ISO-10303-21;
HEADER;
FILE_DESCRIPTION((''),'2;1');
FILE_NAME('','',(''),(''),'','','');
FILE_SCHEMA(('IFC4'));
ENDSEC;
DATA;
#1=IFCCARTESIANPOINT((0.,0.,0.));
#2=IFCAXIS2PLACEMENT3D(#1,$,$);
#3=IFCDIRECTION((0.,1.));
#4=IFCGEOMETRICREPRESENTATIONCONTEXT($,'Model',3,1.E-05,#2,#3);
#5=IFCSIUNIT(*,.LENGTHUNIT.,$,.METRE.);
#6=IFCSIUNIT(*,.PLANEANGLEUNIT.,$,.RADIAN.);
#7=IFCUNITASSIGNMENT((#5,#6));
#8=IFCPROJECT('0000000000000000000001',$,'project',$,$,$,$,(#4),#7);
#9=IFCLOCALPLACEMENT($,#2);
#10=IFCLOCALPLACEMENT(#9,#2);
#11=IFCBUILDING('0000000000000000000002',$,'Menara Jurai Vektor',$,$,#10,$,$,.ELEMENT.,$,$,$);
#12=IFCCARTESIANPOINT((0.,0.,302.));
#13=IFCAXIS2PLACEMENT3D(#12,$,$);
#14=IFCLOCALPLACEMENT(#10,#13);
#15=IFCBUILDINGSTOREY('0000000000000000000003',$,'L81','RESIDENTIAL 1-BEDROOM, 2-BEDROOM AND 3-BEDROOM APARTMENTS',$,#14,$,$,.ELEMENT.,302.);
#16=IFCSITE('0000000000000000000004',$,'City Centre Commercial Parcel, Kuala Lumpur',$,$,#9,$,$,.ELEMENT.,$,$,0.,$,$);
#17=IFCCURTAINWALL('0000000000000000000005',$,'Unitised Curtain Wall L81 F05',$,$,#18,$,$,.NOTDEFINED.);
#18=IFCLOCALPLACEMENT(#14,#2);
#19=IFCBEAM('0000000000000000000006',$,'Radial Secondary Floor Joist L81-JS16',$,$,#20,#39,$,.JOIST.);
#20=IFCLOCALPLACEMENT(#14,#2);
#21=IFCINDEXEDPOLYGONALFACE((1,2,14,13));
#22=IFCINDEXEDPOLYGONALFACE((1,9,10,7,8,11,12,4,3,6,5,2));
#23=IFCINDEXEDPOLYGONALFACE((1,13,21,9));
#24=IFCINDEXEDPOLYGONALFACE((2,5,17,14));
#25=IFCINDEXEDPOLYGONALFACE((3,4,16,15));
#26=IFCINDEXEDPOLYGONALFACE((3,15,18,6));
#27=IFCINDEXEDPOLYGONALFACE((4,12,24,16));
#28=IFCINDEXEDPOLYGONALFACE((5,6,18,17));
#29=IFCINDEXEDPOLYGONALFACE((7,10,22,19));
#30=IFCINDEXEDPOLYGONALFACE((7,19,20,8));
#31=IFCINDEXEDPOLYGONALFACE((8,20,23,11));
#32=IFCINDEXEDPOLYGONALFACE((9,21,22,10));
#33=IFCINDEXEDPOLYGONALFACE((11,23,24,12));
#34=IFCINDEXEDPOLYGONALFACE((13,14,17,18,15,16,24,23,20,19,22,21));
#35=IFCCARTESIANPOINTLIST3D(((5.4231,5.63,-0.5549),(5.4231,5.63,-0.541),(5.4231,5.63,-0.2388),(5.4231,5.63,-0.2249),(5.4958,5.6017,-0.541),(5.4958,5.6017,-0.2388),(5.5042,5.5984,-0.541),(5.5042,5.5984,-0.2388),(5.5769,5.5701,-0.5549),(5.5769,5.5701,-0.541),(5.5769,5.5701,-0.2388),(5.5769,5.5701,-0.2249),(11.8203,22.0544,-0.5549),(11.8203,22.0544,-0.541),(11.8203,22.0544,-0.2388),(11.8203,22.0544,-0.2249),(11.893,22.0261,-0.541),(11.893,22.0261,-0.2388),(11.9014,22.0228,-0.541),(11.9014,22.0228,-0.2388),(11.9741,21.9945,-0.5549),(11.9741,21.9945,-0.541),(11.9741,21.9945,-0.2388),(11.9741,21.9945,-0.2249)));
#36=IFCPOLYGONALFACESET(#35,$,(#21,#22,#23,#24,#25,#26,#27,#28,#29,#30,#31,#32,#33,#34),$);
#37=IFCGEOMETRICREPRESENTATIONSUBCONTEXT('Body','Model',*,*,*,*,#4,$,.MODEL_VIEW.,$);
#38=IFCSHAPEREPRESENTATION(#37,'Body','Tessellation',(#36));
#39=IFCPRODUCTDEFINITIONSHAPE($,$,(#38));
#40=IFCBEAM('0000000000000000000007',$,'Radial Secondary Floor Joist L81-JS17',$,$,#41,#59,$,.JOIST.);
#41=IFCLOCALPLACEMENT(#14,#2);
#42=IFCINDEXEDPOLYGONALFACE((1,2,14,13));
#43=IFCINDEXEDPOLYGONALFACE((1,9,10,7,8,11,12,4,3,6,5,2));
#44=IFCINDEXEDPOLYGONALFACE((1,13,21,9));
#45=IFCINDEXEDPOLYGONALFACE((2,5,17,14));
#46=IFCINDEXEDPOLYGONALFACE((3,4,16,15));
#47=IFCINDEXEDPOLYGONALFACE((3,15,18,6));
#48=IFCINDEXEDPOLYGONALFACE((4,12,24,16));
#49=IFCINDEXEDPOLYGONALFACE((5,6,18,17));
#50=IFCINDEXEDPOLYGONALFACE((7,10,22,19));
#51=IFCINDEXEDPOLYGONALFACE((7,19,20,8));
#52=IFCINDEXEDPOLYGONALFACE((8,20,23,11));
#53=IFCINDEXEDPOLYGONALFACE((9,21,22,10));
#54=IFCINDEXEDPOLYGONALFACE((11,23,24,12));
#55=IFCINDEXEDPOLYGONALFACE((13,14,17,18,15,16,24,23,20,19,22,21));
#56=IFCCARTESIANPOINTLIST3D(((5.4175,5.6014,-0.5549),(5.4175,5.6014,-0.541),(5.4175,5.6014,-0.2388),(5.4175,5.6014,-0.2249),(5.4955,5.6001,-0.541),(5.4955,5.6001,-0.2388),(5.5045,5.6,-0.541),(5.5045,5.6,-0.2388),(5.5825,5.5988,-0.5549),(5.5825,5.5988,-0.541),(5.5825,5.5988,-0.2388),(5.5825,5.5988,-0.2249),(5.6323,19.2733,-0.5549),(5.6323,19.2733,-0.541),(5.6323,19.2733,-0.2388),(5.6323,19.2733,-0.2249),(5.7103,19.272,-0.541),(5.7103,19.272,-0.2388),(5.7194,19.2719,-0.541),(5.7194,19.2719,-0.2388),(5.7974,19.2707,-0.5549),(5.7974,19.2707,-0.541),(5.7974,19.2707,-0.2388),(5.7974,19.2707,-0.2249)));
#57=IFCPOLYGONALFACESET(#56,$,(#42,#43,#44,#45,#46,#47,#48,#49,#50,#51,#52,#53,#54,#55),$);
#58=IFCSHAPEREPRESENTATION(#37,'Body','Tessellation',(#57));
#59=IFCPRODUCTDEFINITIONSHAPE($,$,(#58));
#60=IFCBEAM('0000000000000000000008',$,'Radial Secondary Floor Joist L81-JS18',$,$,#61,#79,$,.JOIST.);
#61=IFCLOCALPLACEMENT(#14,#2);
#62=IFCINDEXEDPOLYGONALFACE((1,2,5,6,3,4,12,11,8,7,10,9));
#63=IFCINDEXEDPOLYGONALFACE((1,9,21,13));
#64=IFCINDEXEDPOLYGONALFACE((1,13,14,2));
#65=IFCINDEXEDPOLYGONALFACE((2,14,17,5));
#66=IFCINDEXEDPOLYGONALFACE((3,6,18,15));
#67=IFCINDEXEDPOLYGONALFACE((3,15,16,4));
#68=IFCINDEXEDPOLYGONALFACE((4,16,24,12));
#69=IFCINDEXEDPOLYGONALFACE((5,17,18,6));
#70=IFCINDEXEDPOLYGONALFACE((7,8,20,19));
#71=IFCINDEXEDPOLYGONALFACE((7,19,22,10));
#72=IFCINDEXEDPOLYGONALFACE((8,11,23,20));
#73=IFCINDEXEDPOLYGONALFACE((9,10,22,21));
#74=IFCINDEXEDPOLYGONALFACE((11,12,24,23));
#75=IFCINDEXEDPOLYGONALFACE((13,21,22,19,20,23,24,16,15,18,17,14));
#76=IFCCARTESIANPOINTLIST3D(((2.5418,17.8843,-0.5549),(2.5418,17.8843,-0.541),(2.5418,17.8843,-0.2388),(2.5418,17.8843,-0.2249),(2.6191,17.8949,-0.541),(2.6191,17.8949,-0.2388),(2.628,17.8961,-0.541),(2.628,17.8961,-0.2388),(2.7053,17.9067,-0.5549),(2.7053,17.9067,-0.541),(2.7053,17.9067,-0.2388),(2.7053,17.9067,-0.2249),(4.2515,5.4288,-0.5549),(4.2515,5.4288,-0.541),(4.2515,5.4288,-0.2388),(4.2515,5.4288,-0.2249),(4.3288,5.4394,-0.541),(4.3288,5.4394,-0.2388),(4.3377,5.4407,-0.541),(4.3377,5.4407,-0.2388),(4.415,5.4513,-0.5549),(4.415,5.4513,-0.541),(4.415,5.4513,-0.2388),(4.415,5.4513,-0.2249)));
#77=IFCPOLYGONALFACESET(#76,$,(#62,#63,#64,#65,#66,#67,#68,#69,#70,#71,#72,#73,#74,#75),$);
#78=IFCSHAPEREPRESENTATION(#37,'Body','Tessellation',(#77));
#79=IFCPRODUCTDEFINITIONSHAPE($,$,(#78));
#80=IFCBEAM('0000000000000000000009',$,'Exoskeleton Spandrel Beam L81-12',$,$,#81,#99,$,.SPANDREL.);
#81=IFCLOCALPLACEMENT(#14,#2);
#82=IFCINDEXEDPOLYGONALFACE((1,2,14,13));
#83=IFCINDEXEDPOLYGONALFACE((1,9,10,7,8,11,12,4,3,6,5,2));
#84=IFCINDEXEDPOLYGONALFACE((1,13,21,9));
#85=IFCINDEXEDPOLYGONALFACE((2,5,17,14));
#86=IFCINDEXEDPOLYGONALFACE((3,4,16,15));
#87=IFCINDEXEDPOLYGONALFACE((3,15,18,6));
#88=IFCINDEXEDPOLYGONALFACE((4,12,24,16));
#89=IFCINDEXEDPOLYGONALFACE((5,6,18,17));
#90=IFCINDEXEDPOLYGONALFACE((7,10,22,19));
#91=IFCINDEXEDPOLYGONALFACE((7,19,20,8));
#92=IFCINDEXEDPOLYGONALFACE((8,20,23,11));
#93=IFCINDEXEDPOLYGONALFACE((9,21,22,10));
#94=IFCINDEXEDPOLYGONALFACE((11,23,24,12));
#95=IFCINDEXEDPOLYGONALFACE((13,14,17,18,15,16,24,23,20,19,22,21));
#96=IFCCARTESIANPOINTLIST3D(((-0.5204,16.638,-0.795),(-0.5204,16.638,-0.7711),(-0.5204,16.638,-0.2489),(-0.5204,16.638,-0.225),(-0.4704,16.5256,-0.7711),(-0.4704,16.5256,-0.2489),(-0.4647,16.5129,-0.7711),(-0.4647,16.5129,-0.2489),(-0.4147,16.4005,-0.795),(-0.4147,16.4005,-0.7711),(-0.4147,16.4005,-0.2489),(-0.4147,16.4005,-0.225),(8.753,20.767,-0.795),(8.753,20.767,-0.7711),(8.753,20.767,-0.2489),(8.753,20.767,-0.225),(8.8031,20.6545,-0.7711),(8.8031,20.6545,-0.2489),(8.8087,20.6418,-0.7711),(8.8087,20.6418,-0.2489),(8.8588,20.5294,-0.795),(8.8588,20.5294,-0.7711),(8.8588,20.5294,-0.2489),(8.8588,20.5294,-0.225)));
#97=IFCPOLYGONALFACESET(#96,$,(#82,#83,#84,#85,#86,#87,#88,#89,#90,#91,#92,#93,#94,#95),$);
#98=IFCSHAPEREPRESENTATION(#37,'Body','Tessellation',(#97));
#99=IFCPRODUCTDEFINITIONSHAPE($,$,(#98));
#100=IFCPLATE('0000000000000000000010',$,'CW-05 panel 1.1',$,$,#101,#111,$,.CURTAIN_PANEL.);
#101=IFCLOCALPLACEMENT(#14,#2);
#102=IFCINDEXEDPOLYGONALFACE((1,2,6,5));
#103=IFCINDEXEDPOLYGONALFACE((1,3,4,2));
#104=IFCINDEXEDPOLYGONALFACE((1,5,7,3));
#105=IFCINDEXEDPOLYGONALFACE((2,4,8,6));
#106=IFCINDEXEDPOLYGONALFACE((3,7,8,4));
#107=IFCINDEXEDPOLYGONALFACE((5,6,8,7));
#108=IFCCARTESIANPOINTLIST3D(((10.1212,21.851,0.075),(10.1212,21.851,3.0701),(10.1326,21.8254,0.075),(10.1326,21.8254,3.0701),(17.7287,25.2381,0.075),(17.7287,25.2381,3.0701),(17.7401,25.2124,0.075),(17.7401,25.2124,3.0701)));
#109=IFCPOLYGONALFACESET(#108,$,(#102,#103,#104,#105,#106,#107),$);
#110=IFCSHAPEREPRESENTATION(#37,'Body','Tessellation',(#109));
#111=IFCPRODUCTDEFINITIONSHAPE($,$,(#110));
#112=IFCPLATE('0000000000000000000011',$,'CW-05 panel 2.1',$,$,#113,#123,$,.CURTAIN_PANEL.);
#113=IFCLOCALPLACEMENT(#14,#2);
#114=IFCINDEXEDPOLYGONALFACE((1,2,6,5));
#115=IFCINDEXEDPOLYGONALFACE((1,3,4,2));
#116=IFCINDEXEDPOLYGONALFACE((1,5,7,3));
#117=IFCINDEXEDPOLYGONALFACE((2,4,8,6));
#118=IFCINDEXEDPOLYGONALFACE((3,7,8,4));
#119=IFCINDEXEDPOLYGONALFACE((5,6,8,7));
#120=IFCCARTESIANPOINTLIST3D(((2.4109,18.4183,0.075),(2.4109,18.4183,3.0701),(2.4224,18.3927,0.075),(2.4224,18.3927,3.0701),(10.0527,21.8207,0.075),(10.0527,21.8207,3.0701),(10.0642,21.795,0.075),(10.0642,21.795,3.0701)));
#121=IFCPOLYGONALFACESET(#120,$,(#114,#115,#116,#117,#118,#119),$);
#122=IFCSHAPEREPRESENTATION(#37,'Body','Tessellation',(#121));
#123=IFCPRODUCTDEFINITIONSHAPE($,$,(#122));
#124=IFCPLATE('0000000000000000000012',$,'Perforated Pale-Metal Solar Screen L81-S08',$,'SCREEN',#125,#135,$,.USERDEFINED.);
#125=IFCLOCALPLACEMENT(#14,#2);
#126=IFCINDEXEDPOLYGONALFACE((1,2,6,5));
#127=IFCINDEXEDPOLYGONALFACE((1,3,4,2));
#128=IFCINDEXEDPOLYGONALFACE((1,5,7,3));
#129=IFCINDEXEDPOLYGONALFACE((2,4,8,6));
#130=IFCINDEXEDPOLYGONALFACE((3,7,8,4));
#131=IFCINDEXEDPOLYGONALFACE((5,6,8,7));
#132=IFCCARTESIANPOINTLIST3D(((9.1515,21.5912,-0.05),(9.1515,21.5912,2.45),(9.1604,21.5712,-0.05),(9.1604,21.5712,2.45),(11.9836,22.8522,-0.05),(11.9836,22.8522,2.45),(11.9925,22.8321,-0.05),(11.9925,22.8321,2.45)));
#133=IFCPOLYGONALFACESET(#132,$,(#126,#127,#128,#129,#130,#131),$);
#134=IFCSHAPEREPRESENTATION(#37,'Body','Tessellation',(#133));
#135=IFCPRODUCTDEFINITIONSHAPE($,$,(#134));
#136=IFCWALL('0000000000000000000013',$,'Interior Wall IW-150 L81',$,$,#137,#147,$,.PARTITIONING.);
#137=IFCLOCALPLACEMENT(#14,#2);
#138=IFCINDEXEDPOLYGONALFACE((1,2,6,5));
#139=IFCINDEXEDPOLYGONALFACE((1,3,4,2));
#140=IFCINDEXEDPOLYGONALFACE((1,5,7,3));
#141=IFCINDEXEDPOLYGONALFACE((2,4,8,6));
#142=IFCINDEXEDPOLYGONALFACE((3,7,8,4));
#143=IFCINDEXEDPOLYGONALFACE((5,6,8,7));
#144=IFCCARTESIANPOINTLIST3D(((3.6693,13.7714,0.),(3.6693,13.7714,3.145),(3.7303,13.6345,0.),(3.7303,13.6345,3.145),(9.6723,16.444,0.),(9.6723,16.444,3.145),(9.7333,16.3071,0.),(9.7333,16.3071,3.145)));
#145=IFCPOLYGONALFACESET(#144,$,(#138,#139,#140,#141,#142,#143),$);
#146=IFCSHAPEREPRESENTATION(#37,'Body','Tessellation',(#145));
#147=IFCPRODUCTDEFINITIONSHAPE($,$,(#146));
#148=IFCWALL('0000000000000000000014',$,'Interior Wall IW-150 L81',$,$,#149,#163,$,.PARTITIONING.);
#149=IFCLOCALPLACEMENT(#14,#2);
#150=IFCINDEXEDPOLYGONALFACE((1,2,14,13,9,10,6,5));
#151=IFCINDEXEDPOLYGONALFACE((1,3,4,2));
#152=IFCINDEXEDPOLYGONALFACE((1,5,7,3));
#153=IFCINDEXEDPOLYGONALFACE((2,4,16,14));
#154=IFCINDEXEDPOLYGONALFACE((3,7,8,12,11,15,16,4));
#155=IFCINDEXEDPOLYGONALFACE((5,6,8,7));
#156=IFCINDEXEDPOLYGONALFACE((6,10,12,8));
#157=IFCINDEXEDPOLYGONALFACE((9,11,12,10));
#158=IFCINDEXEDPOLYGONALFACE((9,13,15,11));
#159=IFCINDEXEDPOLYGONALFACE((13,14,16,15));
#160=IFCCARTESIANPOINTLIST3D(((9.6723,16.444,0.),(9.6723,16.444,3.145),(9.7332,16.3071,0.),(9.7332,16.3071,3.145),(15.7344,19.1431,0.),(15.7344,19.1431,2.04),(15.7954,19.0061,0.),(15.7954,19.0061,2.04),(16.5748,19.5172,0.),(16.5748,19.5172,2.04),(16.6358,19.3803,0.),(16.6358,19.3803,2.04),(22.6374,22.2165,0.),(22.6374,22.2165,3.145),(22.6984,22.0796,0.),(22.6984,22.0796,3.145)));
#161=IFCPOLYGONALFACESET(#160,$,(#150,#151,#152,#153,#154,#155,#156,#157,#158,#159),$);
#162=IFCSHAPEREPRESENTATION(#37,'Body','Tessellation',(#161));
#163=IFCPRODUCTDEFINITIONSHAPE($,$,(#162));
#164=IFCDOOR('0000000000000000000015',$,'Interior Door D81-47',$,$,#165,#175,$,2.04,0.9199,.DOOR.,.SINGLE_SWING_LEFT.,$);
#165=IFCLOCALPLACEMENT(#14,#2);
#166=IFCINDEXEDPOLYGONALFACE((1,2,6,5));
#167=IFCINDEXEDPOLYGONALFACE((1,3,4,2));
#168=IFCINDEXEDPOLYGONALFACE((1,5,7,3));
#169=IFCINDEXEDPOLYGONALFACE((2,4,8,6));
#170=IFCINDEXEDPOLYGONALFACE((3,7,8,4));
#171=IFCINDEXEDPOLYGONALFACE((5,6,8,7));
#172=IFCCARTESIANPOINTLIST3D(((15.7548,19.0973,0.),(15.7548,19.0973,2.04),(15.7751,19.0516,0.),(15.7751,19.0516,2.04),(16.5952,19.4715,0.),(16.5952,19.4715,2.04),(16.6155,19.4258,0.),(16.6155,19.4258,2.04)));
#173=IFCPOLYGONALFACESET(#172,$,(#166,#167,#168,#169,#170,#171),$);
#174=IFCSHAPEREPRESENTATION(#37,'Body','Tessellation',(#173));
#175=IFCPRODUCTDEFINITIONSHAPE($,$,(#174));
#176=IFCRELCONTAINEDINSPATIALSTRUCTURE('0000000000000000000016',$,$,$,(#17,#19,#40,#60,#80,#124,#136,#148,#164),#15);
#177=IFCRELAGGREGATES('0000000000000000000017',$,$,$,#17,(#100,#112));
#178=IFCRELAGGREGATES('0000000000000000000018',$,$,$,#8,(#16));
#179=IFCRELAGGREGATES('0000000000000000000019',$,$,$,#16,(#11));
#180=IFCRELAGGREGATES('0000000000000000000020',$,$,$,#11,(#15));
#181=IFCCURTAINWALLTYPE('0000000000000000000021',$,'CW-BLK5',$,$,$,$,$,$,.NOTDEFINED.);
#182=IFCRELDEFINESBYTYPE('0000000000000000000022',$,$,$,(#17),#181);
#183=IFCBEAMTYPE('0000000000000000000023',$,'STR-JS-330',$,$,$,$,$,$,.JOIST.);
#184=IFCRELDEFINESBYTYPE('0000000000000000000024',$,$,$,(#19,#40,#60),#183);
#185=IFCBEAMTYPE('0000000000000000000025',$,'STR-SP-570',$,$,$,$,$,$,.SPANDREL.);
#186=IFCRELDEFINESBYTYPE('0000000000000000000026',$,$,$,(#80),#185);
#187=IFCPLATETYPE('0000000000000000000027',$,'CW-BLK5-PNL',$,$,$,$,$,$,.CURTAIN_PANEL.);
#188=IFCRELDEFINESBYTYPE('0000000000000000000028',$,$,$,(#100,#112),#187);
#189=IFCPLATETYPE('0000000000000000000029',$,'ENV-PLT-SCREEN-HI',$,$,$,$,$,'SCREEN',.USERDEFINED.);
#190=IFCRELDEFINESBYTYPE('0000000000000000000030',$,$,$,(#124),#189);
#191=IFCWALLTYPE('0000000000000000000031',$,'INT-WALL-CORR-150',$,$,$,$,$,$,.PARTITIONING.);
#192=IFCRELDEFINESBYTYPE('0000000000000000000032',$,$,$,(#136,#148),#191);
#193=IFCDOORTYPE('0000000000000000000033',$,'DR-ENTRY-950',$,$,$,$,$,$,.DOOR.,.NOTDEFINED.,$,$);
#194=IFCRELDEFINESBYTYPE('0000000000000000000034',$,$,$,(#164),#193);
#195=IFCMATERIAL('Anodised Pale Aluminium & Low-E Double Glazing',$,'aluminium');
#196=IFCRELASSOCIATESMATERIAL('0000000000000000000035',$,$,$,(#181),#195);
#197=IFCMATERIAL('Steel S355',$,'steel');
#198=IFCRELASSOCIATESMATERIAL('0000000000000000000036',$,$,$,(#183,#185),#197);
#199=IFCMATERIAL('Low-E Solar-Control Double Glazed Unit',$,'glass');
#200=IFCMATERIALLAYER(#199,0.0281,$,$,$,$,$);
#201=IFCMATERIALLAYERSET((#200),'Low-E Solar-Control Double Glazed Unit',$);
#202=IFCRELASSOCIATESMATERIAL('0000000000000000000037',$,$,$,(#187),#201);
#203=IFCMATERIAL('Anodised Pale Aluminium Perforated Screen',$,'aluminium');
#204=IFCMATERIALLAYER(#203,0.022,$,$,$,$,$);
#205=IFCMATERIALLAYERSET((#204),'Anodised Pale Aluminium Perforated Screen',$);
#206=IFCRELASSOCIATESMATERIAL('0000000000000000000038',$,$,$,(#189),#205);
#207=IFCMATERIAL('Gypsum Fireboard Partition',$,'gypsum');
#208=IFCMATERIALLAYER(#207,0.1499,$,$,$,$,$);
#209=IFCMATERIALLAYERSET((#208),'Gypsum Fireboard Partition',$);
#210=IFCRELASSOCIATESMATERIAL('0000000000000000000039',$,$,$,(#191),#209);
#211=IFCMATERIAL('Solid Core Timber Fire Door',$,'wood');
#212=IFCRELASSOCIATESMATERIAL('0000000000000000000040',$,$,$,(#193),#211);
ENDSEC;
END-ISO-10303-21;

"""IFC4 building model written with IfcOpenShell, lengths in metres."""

from ifc_helpers import new_model, si_unit, direction, frame, frame_2d, origin, origin_2d, place, context, subcontext, project, spatial, rectangle, i_section, extrude, material, layer, layer_set, material_profile, profile_set, type_object, element, fill, aggregate, save


model = new_model("IFC4")

# Units and contexts
model_context = context("Model", 3, precision=1e-05, world=origin(), true_north=direction((0.0, 1.0)))
body_context = subcontext(model_context, "Body", "Model", "MODEL_VIEW")
ifc_project = project(units=[si_unit("LENGTHUNIT", "METRE"), si_unit("PLANEANGLEUNIT", "RADIAN")], contexts=[model_context])

# Site, building, storey
site_placement = place(None, origin())
site = spatial("IfcSite", under=ifc_project, at=site_placement, Name="City Centre Commercial Parcel, Kuala Lumpur", CompositionType="ELEMENT", RefElevation=0.0)
building_placement = place(site_placement, origin())
building = spatial("IfcBuilding", under=site, at=building_placement, Name="Menara Jurai Vektor", CompositionType="ELEMENT")
storey_placement = place(building_placement, frame((0.0, 0.0, 302.0)))
storey = spatial("IfcBuildingStorey", under=building, at=storey_placement, Name="L81", Description="RESIDENTIAL 1-BEDROOM, 2-BEDROOM AND 3-BEDROOM APARTMENTS", CompositionType="ELEMENT", Elevation=302.0)

# Curtain wall
ifc_material_1 = material(Name="Anodised Pale Aluminium & Low-E Double Glazing", Category="aluminium")
curtain_wall_type = type_object("IfcCurtainWallType", Name="CW-BLK5", PredefinedType="NOTDEFINED", material=ifc_material_1)
curtain_wall_placement = place(storey_placement, origin())
curtain_wall = element("IfcCurtainWall", 1, at=curtain_wall_placement, inside=storey, type_object=curtain_wall_type, Name="Unitised Curtain Wall L81 F05", PredefinedType="NOTDEFINED")

# Beams
ifc_material_2 = material(Name="Steel S355", Category="steel")
ifc_material_profile_1 = material_profile(ifc_material_2, i_section(OverallWidth=0.165, OverallDepth=0.3301, WebThickness=0.009, FlangeThickness=0.0139, at=origin_2d()), Name="PG 330x165x46")
ifc_profile_set_1 = profile_set([ifc_material_profile_1], Name="Steel S355")
beam_type_1 = type_object("IfcBeamType", Name="STR-JS-330", PredefinedType="JOIST", material=ifc_profile_set_1)
beam_1_placement = place(storey_placement, frame((11.8972, 22.0244, -0.3899), z_axis=(-0.362938, -0.931813, 0.0), x_axis=(0.931813, -0.362938, 0.0)))
element("IfcBeam", 2, at=beam_1_placement, inside=storey, type_object=beam_type_1, Name="Radial Secondary Floor Joist L81-JS16", PredefinedType="JOIST", context=body_context, shape_type="SweptSolid", body=[
    extrude(i_section(OverallWidth=0.165, OverallDepth=0.3301, WebThickness=0.009, FlangeThickness=0.0139, at=origin_2d()), origin(), (0.0, 0.0, 1.0), 17.6262),
])
beam_2_placement = place(storey_placement, frame((5.7148, 19.272, -0.3899), z_axis=(-0.015712, -0.999877, 0.0), x_axis=(0.999877, -0.015712, 0.0)))
element("IfcBeam", 3, at=beam_2_placement, inside=storey, type_object=beam_type_1, Name="Radial Secondary Floor Joist L81-JS17", PredefinedType="JOIST", context=body_context, shape_type="SweptSolid", body=[
    extrude(i_section(OverallWidth=0.165, OverallDepth=0.3301, WebThickness=0.009, FlangeThickness=0.0139, at=origin_2d()), origin(), (0.0, 0.0, 1.0), 13.6736),
])
beam_3_placement = place(storey_placement, frame((2.6235, 17.8955, -0.3899), z_axis=(0.13599, -0.99071, 0.0), x_axis=(0.99071, 0.13599, 0.0)))
element("IfcBeam", 4, at=beam_3_placement, inside=storey, type_object=beam_type_1, Name="Radial Secondary Floor Joist L81-JS18", PredefinedType="JOIST", context=body_context, shape_type="SweptSolid", body=[
    extrude(i_section(OverallWidth=0.165, OverallDepth=0.3301, WebThickness=0.009, FlangeThickness=0.0139, at=origin_2d()), origin(), (0.0, 0.0, 1.0), 12.5723),
])
ifc_material_profile_2 = material_profile(ifc_material_2, i_section(OverallWidth=0.26, OverallDepth=0.5701, WebThickness=0.0139, FlangeThickness=0.0239, at=origin_2d()), Name="PG 570x260x145")
ifc_profile_set_2 = profile_set([ifc_material_profile_2], Name="Steel S355")
beam_type_2 = type_object("IfcBeamType", Name="STR-SP-570", PredefinedType="SPANDREL", material=ifc_profile_set_2)
beam_4_placement = place(storey_placement, frame((8.8059, 20.6482, -0.51), z_axis=(-0.913542, -0.406745, 0.0), x_axis=(0.406745, -0.913542, 0.0)))
element("IfcBeam", 5, at=beam_4_placement, inside=storey, type_object=beam_type_2, Name="Exoskeleton Spandrel Beam L81-12", PredefinedType="SPANDREL", context=body_context, shape_type="SweptSolid", body=[
    extrude(i_section(OverallWidth=0.26, OverallDepth=0.5701, WebThickness=0.0139, FlangeThickness=0.0239, at=origin_2d()), origin(), (0.0, 0.0, 1.0), 10.1511),
])

# Plates
ifc_material_3 = material(Name="Low-E Solar-Control Double Glazed Unit", Category="glass")
ifc_layer_1 = layer(ifc_material_3, 0.0281)
ifc_layer_set_1 = layer_set([ifc_layer_1], Name="Low-E Solar-Control Double Glazed Unit")
plate_type_1 = type_object("IfcPlateType", Name="CW-BLK5-PNL", PredefinedType="CURTAIN_PANEL", material=ifc_layer_set_1)
plate_1_placement = place(storey_placement, frame((13.9307, 23.5317, 0.075), z_axis=(0.0, 0.0, 1.0), x_axis=(-0.913546, -0.406735, 0.0)))
plate_1 = element("IfcPlate", 6, at=plate_1_placement, type_object=plate_type_1, Name="CW-05 panel 1.1", PredefinedType="CURTAIN_PANEL", context=body_context, shape_type="SweptSolid", body=[
    extrude(rectangle(XDim=8.3274, YDim=0.0281, at=origin_2d()), origin(), (0.0, 0.0, 1.0), 2.9951),
])
plate_2_placement = place(storey_placement, frame((6.2375, 20.1067, 0.075), z_axis=(0.0, 0.0, 1.0), x_axis=(-0.913546, -0.406735, 0.0)))
plate_2 = element("IfcPlate", 7, at=plate_2_placement, type_object=plate_type_1, Name="CW-05 panel 2.1", PredefinedType="CURTAIN_PANEL", context=body_context, shape_type="SweptSolid", body=[
    extrude(rectangle(XDim=8.365, YDim=0.0281, at=origin_2d()), origin(), (0.0, 0.0, 1.0), 2.9951),
])
aggregate(curtain_wall, [plate_1, plate_2])
ifc_material_4 = material(Name="Anodised Pale Aluminium Perforated Screen", Category="aluminium")
ifc_layer_2 = layer(ifc_material_4, 0.022)
ifc_layer_set_2 = layer_set([ifc_layer_2], Name="Anodised Pale Aluminium Perforated Screen")
plate_type_2 = type_object("IfcPlateType", Name="ENV-PLT-SCREEN-HI", ElementType="SCREEN", PredefinedType="USERDEFINED", material=ifc_layer_set_2)
plate_3_placement = place(storey_placement, frame((10.572, 22.2117, -0.05), z_axis=(0.0, 0.0, 1.0), x_axis=(-0.913545, -0.406737, 0.0)))
element("IfcPlate", 8, at=plate_3_placement, inside=storey, type_object=plate_type_2, Name="Perforated Pale-Metal Solar Screen L81-S08", ObjectType="SCREEN", PredefinedType="USERDEFINED", context=body_context, shape_type="SweptSolid", body=[
    extrude(rectangle(XDim=3.1001, YDim=0.022, at=origin_2d()), origin(), (0.0, 0.0, 1.0), 2.5),
])

# Wall
ifc_material_5 = material(Name="Gypsum Fireboard Partition", Category="gypsum")
ifc_layer_3 = layer(ifc_material_5, 0.1499)
ifc_layer_set_3 = layer_set([ifc_layer_3], Name="Gypsum Fireboard Partition")
wall_type = type_object("IfcWallType", Name="INT-WALL-CORR-150", PredefinedType="PARTITIONING", material=ifc_layer_set_3)
wall_1_placement = place(storey_placement, frame((3.6997, 13.7029, 0.0), z_axis=(0.0, 0.0, 1.0), x_axis=(0.913549, 0.406728, 0.0)))
element("IfcWall", 9, at=wall_1_placement, inside=storey, type_object=wall_type, Name="Interior Wall IW-150 L81", PredefinedType="PARTITIONING", context=body_context, shape_type="SweptSolid", body=[
    extrude(rectangle(XDim=6.571, YDim=0.1499, at=frame_2d((3.2856, 0.0))), origin(), (0.0, 0.0, 1.0), 3.145),
])

# Wall, opening, door
wall_2_placement = place(storey_placement, frame((9.7026, 16.3755, 0.0), z_axis=(0.0, 0.0, 1.0), x_axis=(0.913545, 0.406739, 0.0)))
wall_2 = element("IfcWall", 10, at=wall_2_placement, inside=storey, type_object=wall_type, Name="Interior Wall IW-150 L81", PredefinedType="PARTITIONING", context=body_context, shape_type="SweptSolid", body=[
    extrude(rectangle(XDim=14.1921, YDim=0.1499, at=frame_2d((7.0962, 0.0))), origin(), (0.0, 0.0, 1.0), 3.145),
])
opening_1_placement = place(wall_2_placement, frame((6.636, 0.0, 0.0)))
opening_1 = element("IfcOpeningElement", 11, at=opening_1_placement, cuts=wall_2, PredefinedType="OPENING", context=body_context, shape_type="SweptSolid", body=[
    extrude(rectangle(XDim=0.9199, YDim=2.04, at=frame_2d((0.46, 1.02))), frame((0.0, 0.085, 0.0), z_axis=(0.0, -1.0, 0.0), x_axis=(1.0, 0.0, 0.0)), (0.0, 0.0, 1.0), 0.1699),
])
ifc_material_6 = material(Name="Solid Core Timber Fire Door", Category="wood")
door_type = type_object("IfcDoorType", Name="DR-ENTRY-950", OperationType="NOTDEFINED", PredefinedType="DOOR", material=ifc_material_6)
door_1_placement = place(opening_1_placement, origin())
door_1 = element("IfcDoor", 12, at=door_1_placement, inside=storey, type_object=door_type, Name="Interior Door D81-47", OperationType="SINGLE_SWING_LEFT", OverallHeight=2.04, OverallWidth=0.9199, PredefinedType="DOOR", context=body_context, shape_type="SweptSolid", body=[
    extrude(rectangle(XDim=0.9199, YDim=2.04, at=frame_2d((0.46, 1.02))), frame((0.0, 0.0249, 0.0), z_axis=(0.0, -1.0, 0.0), x_axis=(1.0, 0.0, 0.0)), (0.0, 0.0, 1.0), 0.05),
])
fill(opening_1, door_1)

save(model, "model.ifc")
